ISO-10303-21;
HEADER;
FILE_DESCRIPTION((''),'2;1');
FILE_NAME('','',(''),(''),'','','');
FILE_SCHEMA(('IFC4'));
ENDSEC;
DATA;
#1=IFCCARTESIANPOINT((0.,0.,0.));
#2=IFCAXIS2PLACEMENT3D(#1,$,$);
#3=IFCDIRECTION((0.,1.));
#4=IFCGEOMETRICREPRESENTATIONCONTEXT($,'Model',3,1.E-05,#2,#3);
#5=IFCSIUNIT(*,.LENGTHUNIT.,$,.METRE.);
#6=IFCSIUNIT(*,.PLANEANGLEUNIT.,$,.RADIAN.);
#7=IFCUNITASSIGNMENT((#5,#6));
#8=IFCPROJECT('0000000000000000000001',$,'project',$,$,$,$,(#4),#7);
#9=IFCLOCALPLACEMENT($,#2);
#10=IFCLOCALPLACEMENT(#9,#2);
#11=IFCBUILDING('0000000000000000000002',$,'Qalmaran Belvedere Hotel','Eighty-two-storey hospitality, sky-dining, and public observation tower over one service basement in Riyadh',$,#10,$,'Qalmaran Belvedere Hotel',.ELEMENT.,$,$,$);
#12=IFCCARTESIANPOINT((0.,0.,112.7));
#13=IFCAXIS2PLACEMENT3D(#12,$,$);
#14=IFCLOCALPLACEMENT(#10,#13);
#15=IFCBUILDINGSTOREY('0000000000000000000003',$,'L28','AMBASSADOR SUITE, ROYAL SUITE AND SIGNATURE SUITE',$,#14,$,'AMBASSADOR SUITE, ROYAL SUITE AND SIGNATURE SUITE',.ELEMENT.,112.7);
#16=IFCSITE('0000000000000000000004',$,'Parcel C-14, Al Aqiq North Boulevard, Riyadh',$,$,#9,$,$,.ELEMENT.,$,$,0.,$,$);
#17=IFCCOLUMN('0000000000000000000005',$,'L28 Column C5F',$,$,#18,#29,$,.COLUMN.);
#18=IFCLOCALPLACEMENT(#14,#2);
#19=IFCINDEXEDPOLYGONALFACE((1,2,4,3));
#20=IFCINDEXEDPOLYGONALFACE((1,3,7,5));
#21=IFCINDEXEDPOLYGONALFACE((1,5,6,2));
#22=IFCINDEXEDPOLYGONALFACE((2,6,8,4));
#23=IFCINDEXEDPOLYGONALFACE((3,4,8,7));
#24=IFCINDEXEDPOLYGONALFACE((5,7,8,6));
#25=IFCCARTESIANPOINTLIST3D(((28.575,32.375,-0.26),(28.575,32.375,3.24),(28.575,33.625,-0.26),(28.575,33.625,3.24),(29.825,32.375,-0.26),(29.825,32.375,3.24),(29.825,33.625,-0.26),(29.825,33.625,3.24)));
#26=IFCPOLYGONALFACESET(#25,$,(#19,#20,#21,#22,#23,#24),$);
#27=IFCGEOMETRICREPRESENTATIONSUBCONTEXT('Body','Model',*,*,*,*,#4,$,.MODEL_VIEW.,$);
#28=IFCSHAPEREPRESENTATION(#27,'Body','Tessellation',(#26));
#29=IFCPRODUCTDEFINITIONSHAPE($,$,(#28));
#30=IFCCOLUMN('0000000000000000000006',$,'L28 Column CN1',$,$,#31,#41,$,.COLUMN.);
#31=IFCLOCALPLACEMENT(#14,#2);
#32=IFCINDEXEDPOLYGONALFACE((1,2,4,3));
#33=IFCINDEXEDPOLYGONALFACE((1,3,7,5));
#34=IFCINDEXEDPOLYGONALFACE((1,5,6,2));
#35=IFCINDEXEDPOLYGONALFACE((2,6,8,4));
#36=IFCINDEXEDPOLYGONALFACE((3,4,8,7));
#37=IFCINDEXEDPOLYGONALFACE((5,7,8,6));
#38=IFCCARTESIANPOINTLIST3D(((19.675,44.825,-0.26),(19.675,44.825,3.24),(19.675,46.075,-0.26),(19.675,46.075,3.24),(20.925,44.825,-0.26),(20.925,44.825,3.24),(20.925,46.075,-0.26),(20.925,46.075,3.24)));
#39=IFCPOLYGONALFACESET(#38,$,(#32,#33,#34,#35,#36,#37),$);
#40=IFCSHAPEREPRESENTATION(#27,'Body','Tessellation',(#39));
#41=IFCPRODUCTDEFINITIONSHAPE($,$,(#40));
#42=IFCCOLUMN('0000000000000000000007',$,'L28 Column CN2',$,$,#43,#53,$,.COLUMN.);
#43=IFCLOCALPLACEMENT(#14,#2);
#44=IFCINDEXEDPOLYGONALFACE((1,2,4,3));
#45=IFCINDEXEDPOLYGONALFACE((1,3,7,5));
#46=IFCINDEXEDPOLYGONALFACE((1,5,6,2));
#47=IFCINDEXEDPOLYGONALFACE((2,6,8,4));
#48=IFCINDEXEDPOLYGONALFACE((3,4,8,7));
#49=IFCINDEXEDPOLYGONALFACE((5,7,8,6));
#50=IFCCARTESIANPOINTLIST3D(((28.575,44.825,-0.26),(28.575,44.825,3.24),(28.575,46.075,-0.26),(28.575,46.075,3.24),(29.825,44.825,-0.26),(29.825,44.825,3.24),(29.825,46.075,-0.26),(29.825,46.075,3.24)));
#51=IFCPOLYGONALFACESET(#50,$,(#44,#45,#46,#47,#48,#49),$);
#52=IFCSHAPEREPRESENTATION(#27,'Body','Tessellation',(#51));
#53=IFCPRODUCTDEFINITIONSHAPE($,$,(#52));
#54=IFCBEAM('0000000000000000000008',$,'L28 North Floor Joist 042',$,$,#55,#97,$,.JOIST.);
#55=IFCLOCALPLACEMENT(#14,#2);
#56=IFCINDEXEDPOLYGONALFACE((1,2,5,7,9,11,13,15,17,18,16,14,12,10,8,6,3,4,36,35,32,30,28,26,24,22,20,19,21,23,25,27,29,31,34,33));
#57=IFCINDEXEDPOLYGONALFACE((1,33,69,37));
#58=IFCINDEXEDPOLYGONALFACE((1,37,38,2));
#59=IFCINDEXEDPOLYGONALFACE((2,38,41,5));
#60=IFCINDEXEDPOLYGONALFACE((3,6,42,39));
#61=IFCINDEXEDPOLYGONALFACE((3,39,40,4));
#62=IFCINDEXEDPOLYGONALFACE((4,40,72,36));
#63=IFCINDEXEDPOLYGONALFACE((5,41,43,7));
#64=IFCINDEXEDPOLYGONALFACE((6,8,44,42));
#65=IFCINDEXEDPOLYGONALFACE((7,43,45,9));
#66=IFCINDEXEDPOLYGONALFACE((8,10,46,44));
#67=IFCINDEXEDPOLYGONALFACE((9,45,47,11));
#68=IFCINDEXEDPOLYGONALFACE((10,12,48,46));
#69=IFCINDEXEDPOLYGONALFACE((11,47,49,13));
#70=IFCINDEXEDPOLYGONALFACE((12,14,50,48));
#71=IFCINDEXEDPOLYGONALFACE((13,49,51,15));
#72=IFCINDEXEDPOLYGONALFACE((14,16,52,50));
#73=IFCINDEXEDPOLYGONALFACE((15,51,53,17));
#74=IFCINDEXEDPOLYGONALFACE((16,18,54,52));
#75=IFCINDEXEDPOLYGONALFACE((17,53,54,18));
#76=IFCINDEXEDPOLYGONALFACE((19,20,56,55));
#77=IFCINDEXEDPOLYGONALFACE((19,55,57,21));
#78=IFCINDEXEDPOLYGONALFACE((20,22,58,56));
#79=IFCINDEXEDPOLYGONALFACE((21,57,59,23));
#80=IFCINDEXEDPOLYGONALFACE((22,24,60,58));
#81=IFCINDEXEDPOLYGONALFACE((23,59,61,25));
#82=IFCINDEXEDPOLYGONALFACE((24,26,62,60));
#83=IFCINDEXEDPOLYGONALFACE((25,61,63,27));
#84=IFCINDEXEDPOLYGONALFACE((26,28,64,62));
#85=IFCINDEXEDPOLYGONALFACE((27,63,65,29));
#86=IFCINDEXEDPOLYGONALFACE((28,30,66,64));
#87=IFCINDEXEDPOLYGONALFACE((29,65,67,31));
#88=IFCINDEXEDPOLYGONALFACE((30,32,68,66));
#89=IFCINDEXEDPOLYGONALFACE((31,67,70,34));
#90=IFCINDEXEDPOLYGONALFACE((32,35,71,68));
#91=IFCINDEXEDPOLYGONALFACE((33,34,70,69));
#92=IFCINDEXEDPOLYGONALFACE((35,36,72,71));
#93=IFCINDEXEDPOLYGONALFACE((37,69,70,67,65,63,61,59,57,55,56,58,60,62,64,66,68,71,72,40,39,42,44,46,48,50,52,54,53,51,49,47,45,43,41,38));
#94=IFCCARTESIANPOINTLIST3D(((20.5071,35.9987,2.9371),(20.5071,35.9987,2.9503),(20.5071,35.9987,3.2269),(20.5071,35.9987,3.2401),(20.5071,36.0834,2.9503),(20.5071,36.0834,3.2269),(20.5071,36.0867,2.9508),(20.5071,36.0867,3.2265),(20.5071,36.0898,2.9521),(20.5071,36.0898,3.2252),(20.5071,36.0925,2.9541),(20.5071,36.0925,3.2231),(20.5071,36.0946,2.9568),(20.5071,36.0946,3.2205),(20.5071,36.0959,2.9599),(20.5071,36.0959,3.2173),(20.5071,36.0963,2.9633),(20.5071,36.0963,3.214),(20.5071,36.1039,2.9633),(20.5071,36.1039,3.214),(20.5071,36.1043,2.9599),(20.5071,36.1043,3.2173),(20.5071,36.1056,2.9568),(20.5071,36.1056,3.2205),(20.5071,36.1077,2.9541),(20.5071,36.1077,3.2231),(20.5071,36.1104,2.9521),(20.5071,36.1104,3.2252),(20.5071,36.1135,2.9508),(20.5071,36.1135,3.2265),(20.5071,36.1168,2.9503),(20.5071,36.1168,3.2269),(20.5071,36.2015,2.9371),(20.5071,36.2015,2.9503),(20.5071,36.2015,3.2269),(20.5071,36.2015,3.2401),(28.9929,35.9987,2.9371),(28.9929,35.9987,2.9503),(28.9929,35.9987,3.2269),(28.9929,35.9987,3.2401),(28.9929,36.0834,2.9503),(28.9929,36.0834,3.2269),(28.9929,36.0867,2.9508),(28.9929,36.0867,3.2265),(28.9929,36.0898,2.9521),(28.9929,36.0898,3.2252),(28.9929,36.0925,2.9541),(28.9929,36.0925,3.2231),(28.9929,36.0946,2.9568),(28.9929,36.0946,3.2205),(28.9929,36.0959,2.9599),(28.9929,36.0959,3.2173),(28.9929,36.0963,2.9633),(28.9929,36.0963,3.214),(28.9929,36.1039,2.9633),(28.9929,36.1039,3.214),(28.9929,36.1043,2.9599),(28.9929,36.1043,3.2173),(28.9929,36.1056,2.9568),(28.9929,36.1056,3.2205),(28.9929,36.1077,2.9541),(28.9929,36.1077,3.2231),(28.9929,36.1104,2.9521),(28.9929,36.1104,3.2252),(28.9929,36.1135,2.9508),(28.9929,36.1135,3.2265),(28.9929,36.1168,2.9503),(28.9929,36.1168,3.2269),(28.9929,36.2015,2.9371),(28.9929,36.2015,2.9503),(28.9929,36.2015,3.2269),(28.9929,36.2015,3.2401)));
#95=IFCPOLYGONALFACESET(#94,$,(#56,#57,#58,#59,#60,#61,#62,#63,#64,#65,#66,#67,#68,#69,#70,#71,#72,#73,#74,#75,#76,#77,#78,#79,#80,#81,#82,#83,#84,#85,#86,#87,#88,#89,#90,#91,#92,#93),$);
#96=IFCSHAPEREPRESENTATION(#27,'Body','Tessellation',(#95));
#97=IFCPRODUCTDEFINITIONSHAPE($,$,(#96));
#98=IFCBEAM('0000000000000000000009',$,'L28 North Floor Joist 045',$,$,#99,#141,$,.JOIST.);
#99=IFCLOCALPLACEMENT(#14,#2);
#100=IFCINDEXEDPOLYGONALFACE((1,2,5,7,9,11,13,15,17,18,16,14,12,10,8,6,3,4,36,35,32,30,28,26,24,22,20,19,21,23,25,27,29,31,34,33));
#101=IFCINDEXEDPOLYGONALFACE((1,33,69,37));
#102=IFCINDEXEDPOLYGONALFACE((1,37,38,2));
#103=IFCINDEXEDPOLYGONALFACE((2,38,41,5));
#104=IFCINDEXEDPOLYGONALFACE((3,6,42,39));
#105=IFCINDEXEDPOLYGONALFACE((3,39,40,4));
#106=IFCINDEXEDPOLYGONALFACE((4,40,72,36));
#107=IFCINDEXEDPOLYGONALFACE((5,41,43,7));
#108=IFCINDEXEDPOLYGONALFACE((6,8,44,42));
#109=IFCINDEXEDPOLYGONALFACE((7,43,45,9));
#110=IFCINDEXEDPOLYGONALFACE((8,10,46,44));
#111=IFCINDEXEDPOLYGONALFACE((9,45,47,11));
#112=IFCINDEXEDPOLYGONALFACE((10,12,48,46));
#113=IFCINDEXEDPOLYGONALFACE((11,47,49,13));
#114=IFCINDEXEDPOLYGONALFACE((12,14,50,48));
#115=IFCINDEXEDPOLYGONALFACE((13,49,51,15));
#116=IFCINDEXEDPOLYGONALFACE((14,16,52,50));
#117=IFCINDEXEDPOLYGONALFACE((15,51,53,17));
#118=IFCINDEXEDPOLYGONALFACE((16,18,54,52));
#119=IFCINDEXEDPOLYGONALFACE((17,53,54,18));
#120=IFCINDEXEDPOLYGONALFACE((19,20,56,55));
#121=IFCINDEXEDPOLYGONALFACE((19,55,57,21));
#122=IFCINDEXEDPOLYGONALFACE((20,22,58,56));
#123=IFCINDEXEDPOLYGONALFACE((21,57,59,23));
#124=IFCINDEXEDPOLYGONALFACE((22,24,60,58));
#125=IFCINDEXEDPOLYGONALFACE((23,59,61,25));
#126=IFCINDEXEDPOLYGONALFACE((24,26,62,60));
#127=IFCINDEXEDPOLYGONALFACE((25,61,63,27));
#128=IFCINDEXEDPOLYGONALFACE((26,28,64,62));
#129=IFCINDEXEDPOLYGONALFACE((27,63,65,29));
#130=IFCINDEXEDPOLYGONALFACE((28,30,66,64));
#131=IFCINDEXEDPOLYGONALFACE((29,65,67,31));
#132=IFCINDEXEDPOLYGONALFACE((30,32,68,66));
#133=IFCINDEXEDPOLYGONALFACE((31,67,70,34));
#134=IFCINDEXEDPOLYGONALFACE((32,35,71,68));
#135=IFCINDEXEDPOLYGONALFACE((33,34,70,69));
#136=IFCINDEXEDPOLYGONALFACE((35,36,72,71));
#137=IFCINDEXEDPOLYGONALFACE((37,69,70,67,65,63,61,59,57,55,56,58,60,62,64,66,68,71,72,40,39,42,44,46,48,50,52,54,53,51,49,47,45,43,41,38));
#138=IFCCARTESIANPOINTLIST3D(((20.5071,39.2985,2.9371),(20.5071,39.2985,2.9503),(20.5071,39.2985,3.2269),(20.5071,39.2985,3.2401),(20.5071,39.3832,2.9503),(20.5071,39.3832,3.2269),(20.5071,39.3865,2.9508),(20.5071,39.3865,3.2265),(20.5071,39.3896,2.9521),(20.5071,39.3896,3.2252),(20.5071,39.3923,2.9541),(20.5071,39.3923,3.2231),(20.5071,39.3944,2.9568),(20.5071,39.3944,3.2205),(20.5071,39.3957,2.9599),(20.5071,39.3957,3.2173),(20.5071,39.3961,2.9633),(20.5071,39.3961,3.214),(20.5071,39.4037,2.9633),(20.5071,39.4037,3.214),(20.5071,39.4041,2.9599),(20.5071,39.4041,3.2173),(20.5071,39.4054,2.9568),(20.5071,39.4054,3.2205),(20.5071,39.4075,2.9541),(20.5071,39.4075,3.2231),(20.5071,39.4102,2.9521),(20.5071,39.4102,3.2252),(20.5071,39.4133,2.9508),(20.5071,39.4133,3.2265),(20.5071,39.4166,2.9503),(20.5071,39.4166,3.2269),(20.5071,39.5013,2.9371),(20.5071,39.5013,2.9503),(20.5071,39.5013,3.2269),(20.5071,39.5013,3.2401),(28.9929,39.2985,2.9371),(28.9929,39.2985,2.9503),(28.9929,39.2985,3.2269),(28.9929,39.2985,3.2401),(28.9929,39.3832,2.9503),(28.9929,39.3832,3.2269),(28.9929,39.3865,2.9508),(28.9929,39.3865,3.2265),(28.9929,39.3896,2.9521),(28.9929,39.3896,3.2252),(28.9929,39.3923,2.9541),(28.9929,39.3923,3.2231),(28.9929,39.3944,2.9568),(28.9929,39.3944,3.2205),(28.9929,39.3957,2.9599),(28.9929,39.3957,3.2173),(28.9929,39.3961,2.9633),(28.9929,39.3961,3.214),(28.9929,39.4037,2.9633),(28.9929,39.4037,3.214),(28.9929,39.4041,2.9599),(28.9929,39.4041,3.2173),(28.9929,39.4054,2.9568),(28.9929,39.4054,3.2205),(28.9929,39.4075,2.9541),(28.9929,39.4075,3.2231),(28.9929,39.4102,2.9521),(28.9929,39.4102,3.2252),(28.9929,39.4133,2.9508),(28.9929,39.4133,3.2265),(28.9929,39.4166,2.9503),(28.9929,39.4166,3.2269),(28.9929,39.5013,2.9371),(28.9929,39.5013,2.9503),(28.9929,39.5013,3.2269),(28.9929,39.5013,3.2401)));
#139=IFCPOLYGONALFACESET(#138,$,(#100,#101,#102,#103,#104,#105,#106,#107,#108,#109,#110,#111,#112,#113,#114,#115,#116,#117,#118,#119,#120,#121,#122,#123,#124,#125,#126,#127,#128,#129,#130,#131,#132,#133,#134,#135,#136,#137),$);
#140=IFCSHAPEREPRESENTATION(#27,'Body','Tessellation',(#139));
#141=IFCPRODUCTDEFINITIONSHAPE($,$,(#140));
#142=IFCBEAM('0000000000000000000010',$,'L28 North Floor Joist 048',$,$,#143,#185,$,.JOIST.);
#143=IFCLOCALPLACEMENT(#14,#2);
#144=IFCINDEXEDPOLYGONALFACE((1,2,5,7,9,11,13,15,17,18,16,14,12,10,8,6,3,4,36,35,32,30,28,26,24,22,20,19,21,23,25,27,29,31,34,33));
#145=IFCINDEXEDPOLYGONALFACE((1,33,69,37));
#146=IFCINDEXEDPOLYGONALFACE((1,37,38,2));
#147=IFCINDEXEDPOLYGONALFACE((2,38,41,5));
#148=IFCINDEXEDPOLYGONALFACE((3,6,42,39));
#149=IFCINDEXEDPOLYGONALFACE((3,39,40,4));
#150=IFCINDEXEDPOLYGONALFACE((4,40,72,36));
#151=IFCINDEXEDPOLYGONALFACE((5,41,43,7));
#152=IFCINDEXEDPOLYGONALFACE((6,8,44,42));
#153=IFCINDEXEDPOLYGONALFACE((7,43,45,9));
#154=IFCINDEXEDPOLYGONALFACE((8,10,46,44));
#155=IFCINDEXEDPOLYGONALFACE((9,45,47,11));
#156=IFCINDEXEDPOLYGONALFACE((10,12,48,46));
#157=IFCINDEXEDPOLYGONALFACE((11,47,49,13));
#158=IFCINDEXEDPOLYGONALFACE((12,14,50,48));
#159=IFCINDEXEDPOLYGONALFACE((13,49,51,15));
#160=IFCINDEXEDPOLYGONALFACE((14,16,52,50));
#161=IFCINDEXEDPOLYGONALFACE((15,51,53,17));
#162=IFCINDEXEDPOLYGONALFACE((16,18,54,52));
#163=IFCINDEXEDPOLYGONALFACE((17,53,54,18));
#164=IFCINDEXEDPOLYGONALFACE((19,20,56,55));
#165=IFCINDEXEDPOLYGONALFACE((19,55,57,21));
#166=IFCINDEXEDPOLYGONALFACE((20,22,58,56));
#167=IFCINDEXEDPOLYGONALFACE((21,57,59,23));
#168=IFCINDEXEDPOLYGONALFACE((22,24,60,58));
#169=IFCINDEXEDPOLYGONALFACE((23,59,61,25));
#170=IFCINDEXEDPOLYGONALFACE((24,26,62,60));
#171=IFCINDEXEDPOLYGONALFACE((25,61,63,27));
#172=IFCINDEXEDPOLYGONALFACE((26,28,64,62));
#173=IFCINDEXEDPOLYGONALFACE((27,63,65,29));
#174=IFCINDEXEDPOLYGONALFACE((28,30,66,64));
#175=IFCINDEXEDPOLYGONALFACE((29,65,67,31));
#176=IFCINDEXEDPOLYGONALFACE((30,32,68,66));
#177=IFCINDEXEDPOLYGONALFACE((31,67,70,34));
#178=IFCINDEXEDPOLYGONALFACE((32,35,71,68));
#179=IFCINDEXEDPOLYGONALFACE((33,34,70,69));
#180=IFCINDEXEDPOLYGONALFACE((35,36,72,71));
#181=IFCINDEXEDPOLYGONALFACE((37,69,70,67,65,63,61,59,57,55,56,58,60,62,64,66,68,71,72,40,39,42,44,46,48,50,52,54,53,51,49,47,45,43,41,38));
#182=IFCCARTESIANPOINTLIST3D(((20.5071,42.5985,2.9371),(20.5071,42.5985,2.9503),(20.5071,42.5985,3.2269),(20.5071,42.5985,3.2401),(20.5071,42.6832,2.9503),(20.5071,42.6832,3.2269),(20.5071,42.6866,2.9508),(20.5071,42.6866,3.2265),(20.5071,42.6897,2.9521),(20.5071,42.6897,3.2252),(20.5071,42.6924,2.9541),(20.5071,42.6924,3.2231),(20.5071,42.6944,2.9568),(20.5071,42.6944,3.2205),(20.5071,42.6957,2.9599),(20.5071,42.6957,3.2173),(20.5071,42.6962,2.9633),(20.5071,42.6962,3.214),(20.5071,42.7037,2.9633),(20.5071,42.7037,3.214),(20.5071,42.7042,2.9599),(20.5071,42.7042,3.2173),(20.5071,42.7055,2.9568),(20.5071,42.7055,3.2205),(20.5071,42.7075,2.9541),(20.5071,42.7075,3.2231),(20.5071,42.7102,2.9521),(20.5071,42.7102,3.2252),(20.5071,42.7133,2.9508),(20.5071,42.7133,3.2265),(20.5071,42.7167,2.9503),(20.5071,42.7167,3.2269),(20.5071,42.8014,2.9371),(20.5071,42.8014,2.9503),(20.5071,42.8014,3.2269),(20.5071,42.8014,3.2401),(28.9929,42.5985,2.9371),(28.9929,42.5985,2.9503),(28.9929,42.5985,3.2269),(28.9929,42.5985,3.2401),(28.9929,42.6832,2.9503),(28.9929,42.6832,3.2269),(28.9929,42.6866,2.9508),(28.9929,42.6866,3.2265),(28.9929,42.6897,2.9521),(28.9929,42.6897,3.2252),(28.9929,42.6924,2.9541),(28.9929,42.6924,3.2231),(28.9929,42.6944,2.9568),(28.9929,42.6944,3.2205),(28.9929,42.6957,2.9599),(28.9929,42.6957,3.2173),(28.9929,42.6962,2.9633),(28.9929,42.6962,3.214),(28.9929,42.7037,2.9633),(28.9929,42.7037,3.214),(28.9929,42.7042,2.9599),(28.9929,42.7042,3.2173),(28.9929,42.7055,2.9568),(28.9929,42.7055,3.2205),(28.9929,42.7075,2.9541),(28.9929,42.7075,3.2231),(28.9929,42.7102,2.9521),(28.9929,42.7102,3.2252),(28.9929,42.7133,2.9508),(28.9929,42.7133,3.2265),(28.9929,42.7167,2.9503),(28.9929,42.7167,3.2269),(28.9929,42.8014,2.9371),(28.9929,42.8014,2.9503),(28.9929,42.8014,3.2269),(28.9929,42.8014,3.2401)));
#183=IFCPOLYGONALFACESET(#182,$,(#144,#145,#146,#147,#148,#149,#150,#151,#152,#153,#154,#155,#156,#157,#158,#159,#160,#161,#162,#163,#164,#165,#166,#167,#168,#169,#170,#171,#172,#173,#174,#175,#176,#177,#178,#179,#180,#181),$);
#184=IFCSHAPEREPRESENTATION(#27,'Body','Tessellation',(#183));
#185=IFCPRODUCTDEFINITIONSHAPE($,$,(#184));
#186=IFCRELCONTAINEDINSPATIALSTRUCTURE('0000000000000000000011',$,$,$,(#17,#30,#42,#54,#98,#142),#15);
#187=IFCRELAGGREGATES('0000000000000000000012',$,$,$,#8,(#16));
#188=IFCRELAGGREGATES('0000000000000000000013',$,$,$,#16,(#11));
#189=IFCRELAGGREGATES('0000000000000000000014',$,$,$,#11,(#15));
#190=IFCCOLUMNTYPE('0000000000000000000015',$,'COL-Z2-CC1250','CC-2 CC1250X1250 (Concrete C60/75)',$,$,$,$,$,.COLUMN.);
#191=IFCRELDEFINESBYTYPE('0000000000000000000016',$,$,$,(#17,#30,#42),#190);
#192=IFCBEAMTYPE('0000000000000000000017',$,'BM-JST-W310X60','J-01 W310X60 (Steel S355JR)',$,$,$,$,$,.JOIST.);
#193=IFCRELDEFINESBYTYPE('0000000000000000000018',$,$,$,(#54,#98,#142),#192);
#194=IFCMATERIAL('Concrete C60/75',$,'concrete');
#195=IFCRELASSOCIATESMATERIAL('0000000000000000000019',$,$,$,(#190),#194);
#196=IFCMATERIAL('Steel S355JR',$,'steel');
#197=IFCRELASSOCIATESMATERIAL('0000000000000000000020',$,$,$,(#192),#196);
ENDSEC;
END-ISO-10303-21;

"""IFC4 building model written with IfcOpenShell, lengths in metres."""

from ifc_helpers import new_model, si_unit, direction, frame, origin, origin_2d, place, context, subcontext, project, spatial, rectangle, i_section, extrude, material, material_profile, profile_set, type_object, element, save


model = new_model("IFC4")

# Units and contexts
model_context = context("Model", 3, precision=1e-05, world=origin(), true_north=direction((0.0, 1.0)))
body_context = subcontext(model_context, "Body", "Model", "MODEL_VIEW")
ifc_project = project(units=[si_unit("LENGTHUNIT", "METRE"), si_unit("PLANEANGLEUNIT", "RADIAN")], contexts=[model_context])

# Site, building, storey
site_placement = place(None, origin())
site = spatial("IfcSite", under=ifc_project, at=site_placement, Name="Parcel C-14, Al Aqiq North Boulevard, Riyadh", CompositionType="ELEMENT", RefElevation=0.0)
building_placement = place(site_placement, origin())
building = spatial("IfcBuilding", under=site, at=building_placement, Name="Qalmaran Belvedere Hotel", Description="Eighty-two-storey hospitality, sky-dining, and public observation tower over one service basement in Riyadh", LongName="Qalmaran Belvedere Hotel", CompositionType="ELEMENT")
storey_placement = place(building_placement, frame((0.0, 0.0, 112.7)))
storey = spatial("IfcBuildingStorey", under=building, at=storey_placement, Name="L28", Description="AMBASSADOR SUITE, ROYAL SUITE AND SIGNATURE SUITE", LongName="AMBASSADOR SUITE, ROYAL SUITE AND SIGNATURE SUITE", CompositionType="ELEMENT", Elevation=112.7)

# Columns
ifc_material_1 = material(Name="Concrete C60/75", Category="concrete")
ifc_material_profile_1 = material_profile(ifc_material_1, rectangle(XDim=1.25, YDim=1.25, at=origin_2d()), Name="CC1250X1250")
ifc_profile_set_1 = profile_set([ifc_material_profile_1], Name="Concrete C60/75")
column_type = type_object("IfcColumnType", Name="COL-Z2-CC1250", Description="CC-2 CC1250X1250 (Concrete C60/75)", PredefinedType="COLUMN", material=ifc_profile_set_1)
for number, where, z_axis, x_axis, name in (
    (1, (29.2, 33.0, -0.26), (0.0, 0.0, 1.0), (1.0, 0.0, 0.0), "L28 Column C5F"),
    (2, (20.3, 45.45, -0.26), (0.0, 0.0, 1.0), (1.0, 0.0, 0.0), "L28 Column CN1"),
    (3, (29.2, 45.45, -0.26), (0.0, 0.0, 1.0), (1.0, 0.0, 0.0), "L28 Column CN2"),
):
    element("IfcColumn", number, at=place(storey_placement, frame(where, z_axis=z_axis, x_axis=x_axis)), inside=storey, type_object=column_type, Name=name, PredefinedType="COLUMN", context=body_context, shape_type="SweptSolid", body=[
        extrude(rectangle(XDim=1.25, YDim=1.25, at=origin_2d()), origin(), (0.0, 0.0, 1.0), 3.5),
    ])

# Beams
ifc_material_2 = material(Name="Steel S355JR", Category="steel")
ifc_material_profile_2 = material_profile(ifc_material_2, i_section(OverallWidth=0.2029, OverallDepth=0.303, WebThickness=0.0076, FlangeThickness=0.0132, FilletRadius=0.0129, at=origin_2d()), Name="W310X60")
ifc_profile_set_2 = profile_set([ifc_material_profile_2], Name="Steel S355JR")
beam_type_1 = type_object("IfcBeamType", Name="BM-JST-W310X60", Description="J-01 W310X60 (Steel S355JR)", PredefinedType="JOIST", material=ifc_profile_set_2)
for number, where, z_axis, x_axis, name in (
    (4, (20.5071, 36.1001, 3.0886), (1.0, 0.0, 0.0), (0.0, 1.0, 0.0), "L28 North Floor Joist 042"),
    (5, (20.5071, 39.3999, 3.0886), (1.0, 0.0, 0.0), (0.0, 1.0, 0.0), "L28 North Floor Joist 045"),
    (6, (20.5071, 42.7, 3.0886), (1.0, 0.0, 0.0), (0.0, 1.0, 0.0), "L28 North Floor Joist 048"),
):
    element("IfcBeam", number, at=place(storey_placement, frame(where, z_axis=z_axis, x_axis=x_axis)), inside=storey, type_object=beam_type_1, Name=name, PredefinedType="JOIST", context=body_context, shape_type="SweptSolid", body=[
        extrude(i_section(OverallWidth=0.2029, OverallDepth=0.303, WebThickness=0.0076, FlangeThickness=0.0132, FilletRadius=0.0129, at=origin_2d()), origin(), (0.0, 0.0, 1.0), 8.4858),
    ])

save(model, "model.ifc")
